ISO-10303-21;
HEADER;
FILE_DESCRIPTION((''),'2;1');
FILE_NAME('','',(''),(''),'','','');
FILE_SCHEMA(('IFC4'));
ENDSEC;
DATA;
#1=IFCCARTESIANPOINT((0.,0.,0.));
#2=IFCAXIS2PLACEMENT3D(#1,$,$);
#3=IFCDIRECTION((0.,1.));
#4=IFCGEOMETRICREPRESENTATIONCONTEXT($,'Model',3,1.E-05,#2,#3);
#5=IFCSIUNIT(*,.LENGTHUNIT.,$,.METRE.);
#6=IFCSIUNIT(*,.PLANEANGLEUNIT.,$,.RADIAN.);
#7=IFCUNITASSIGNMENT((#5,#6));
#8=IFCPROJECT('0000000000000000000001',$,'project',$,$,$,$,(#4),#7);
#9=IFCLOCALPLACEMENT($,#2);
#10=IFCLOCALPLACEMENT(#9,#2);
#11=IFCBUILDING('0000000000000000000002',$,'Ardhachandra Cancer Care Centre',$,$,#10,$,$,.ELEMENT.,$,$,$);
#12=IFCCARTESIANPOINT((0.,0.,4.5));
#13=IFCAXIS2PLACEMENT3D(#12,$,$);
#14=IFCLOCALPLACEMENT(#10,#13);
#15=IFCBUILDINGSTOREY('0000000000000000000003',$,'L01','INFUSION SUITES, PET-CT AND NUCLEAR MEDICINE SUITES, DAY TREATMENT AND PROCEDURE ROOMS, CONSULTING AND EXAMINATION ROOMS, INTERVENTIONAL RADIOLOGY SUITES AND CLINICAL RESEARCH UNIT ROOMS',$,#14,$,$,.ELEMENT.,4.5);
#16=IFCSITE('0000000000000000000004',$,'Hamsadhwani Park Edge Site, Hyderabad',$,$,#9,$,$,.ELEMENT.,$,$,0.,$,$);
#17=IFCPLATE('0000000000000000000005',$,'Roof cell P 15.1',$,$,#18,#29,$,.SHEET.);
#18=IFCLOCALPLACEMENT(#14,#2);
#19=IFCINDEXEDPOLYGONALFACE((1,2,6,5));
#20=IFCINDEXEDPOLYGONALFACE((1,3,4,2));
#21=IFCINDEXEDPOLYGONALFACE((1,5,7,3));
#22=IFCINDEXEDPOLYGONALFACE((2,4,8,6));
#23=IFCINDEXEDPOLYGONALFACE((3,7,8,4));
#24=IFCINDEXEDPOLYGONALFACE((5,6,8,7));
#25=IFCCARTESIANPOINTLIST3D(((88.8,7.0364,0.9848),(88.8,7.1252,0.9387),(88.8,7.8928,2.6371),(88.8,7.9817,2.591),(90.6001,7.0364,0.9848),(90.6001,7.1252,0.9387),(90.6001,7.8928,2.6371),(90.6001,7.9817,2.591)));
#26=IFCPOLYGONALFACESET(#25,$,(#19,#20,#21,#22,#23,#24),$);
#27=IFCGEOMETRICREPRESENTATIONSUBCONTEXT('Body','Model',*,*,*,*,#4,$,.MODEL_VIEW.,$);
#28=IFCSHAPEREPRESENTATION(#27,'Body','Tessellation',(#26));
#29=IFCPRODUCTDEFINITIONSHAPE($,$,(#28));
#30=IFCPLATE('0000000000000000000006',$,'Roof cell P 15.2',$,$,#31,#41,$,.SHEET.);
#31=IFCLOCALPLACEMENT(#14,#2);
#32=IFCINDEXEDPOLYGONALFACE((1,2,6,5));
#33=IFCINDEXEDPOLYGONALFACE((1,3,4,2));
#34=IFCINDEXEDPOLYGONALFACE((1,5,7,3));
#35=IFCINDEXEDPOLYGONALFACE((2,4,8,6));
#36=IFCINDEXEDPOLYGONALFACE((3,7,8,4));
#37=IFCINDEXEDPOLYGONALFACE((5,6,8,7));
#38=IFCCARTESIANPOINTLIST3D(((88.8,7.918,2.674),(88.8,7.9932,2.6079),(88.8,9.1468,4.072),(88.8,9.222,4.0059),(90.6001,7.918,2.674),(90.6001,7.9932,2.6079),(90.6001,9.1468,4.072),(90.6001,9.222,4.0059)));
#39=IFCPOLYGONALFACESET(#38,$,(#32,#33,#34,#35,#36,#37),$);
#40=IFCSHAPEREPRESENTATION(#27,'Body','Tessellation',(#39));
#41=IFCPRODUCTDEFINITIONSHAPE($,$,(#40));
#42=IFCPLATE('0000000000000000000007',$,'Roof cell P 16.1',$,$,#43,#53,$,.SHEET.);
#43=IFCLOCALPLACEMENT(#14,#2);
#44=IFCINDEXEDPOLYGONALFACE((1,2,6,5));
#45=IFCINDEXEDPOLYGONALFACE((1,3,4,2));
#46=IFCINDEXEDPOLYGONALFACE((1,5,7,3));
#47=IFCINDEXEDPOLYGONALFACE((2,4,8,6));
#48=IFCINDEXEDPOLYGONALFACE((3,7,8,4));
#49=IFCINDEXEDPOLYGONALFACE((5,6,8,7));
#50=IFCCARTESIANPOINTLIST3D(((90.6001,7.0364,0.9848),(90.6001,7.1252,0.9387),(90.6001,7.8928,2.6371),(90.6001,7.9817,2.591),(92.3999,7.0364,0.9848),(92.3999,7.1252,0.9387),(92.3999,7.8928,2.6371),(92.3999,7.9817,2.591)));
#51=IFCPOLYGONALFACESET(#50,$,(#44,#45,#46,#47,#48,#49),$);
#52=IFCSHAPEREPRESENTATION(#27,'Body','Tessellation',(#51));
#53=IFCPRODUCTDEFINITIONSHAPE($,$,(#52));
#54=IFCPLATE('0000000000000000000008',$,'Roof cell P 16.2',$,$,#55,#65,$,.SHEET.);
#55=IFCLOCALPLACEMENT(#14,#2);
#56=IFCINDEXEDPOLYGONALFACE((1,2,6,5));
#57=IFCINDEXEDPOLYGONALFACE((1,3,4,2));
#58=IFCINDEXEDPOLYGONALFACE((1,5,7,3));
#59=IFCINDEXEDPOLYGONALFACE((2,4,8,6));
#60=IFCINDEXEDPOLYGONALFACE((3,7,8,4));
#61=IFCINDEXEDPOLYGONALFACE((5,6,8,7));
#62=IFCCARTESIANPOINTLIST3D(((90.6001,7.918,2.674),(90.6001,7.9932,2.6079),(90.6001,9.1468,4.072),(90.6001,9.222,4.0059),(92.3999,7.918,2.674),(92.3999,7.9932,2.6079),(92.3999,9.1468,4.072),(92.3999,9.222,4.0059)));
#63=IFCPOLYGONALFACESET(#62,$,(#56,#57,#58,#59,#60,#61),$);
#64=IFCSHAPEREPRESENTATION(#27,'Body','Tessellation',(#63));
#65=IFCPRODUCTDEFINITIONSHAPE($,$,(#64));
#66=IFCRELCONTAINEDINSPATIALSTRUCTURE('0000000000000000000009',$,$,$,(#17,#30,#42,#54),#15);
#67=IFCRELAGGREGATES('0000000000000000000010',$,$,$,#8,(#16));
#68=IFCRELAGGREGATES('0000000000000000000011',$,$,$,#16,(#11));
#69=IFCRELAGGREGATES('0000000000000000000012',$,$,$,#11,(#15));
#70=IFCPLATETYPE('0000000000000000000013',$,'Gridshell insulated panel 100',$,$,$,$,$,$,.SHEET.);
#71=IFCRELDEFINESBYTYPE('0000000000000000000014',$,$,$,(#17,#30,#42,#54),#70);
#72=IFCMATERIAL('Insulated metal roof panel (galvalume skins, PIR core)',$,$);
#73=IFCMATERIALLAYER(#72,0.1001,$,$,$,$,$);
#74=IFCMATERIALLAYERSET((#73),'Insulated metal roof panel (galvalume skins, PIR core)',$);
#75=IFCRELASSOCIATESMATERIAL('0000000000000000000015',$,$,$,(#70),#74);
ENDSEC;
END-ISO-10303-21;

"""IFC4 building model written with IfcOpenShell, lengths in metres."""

from ifc_helpers import new_model, si_unit, direction, frame, origin, place, context, subcontext, project, spatial, polyline, outline, extrude, material, layer, layer_set, type_object, element, save


model = new_model("IFC4")

# Units and contexts
model_context = context("Model", 3, precision=1e-05, world=origin(), true_north=direction((0.0, 1.0)))
body_context = subcontext(model_context, "Body", "Model", "MODEL_VIEW")
ifc_project = project(units=[si_unit("LENGTHUNIT", "METRE"), si_unit("PLANEANGLEUNIT", "RADIAN")], contexts=[model_context])

# Site, building, storey
site_placement = place(None, origin())
site = spatial("IfcSite", under=ifc_project, at=site_placement, Name="Hamsadhwani Park Edge Site, Hyderabad", CompositionType="ELEMENT", RefElevation=0.0)
building_placement = place(site_placement, origin())
building = spatial("IfcBuilding", under=site, at=building_placement, Name="Ardhachandra Cancer Care Centre", CompositionType="ELEMENT")
storey_placement = place(building_placement, frame((0.0, 0.0, 4.5)))
storey = spatial("IfcBuildingStorey", under=building, at=storey_placement, Name="L01", Description="INFUSION SUITES, PET-CT AND NUCLEAR MEDICINE SUITES, DAY TREATMENT AND PROCEDURE ROOMS, CONSULTING AND EXAMINATION ROOMS, INTERVENTIONAL RADIOLOGY SUITES AND CLINICAL RESEARCH UNIT ROOMS", CompositionType="ELEMENT", Elevation=4.5)

# Plates
ifc_material_1 = material(Name="Insulated metal roof panel (galvalume skins, PIR core)")
ifc_layer_1 = layer(ifc_material_1, 0.1001)
ifc_layer_set_1 = layer_set([ifc_layer_1], Name="Insulated metal roof panel (galvalume skins, PIR core)")
plate_type_1 = type_object("IfcPlateType", Name="Gridshell insulated panel 100", PredefinedType="SHEET", material=ifc_layer_set_1)
plate_1_placement = place(storey_placement, frame((88.8, 7.1252, 0.9387), z_axis=(0.0, -0.887826, 0.460179), x_axis=(1.0, 0.0, 0.0)))
element("IfcPlate", 1, at=plate_1_placement, inside=storey, type_object=plate_type_1, Name="Roof cell P 15.1", PredefinedType="SHEET", context=body_context, shape_type="SweptSolid", body=[
    extrude(outline(polyline([(0.0, 0.0), (1.8, 0.0), (1.8, 1.8611), (0.0, 1.8611), (0.0, 0.0)])), origin(), (0.0, 0.0, 1.0), 0.1001),
])
plate_2_placement = place(storey_placement, frame((88.8, 7.9932, 2.6079), z_axis=(0.0, -0.751096, 0.660193), x_axis=(1.0, 0.0, 0.0)))
element("IfcPlate", 2, at=plate_2_placement, inside=storey, type_object=plate_type_1, Name="Roof cell P 15.2", PredefinedType="SHEET", context=body_context, shape_type="SweptSolid", body=[
    extrude(outline(polyline([(0.0, 0.0), (1.8, 0.0), (1.8, 1.8613), (0.0, 1.8613), (0.0, 0.0)])), origin(), (0.0, 0.0, 1.0), 0.1001),
])
plate_3_placement = place(storey_placement, frame((90.6001, 7.1252, 0.9387), z_axis=(0.0, -0.887826, 0.460179), x_axis=(1.0, 0.0, 0.0)))
element("IfcPlate", 3, at=plate_3_placement, inside=storey, type_object=plate_type_1, Name="Roof cell P 16.1", PredefinedType="SHEET", context=body_context, shape_type="SweptSolid", body=[
    extrude(outline(polyline([(0.0, 0.0), (1.7998, 0.0), (1.7998, 1.8611), (0.0, 1.8611), (0.0, 0.0)])), origin(), (0.0, 0.0, 1.0), 0.1001),
])
plate_4_placement = place(storey_placement, frame((90.6001, 7.9932, 2.6079), z_axis=(0.0, -0.751096, 0.660193), x_axis=(1.0, 0.0, 0.0)))
element("IfcPlate", 4, at=plate_4_placement, inside=storey, type_object=plate_type_1, Name="Roof cell P 16.2", PredefinedType="SHEET", context=body_context, shape_type="SweptSolid", body=[
    extrude(outline(polyline([(0.0, 0.0), (1.7998, 0.0), (1.7998, 1.8613), (0.0, 1.8613), (0.0, 0.0)])), origin(), (0.0, 0.0, 1.0), 0.1001),
])

save(model, "model.ifc")
